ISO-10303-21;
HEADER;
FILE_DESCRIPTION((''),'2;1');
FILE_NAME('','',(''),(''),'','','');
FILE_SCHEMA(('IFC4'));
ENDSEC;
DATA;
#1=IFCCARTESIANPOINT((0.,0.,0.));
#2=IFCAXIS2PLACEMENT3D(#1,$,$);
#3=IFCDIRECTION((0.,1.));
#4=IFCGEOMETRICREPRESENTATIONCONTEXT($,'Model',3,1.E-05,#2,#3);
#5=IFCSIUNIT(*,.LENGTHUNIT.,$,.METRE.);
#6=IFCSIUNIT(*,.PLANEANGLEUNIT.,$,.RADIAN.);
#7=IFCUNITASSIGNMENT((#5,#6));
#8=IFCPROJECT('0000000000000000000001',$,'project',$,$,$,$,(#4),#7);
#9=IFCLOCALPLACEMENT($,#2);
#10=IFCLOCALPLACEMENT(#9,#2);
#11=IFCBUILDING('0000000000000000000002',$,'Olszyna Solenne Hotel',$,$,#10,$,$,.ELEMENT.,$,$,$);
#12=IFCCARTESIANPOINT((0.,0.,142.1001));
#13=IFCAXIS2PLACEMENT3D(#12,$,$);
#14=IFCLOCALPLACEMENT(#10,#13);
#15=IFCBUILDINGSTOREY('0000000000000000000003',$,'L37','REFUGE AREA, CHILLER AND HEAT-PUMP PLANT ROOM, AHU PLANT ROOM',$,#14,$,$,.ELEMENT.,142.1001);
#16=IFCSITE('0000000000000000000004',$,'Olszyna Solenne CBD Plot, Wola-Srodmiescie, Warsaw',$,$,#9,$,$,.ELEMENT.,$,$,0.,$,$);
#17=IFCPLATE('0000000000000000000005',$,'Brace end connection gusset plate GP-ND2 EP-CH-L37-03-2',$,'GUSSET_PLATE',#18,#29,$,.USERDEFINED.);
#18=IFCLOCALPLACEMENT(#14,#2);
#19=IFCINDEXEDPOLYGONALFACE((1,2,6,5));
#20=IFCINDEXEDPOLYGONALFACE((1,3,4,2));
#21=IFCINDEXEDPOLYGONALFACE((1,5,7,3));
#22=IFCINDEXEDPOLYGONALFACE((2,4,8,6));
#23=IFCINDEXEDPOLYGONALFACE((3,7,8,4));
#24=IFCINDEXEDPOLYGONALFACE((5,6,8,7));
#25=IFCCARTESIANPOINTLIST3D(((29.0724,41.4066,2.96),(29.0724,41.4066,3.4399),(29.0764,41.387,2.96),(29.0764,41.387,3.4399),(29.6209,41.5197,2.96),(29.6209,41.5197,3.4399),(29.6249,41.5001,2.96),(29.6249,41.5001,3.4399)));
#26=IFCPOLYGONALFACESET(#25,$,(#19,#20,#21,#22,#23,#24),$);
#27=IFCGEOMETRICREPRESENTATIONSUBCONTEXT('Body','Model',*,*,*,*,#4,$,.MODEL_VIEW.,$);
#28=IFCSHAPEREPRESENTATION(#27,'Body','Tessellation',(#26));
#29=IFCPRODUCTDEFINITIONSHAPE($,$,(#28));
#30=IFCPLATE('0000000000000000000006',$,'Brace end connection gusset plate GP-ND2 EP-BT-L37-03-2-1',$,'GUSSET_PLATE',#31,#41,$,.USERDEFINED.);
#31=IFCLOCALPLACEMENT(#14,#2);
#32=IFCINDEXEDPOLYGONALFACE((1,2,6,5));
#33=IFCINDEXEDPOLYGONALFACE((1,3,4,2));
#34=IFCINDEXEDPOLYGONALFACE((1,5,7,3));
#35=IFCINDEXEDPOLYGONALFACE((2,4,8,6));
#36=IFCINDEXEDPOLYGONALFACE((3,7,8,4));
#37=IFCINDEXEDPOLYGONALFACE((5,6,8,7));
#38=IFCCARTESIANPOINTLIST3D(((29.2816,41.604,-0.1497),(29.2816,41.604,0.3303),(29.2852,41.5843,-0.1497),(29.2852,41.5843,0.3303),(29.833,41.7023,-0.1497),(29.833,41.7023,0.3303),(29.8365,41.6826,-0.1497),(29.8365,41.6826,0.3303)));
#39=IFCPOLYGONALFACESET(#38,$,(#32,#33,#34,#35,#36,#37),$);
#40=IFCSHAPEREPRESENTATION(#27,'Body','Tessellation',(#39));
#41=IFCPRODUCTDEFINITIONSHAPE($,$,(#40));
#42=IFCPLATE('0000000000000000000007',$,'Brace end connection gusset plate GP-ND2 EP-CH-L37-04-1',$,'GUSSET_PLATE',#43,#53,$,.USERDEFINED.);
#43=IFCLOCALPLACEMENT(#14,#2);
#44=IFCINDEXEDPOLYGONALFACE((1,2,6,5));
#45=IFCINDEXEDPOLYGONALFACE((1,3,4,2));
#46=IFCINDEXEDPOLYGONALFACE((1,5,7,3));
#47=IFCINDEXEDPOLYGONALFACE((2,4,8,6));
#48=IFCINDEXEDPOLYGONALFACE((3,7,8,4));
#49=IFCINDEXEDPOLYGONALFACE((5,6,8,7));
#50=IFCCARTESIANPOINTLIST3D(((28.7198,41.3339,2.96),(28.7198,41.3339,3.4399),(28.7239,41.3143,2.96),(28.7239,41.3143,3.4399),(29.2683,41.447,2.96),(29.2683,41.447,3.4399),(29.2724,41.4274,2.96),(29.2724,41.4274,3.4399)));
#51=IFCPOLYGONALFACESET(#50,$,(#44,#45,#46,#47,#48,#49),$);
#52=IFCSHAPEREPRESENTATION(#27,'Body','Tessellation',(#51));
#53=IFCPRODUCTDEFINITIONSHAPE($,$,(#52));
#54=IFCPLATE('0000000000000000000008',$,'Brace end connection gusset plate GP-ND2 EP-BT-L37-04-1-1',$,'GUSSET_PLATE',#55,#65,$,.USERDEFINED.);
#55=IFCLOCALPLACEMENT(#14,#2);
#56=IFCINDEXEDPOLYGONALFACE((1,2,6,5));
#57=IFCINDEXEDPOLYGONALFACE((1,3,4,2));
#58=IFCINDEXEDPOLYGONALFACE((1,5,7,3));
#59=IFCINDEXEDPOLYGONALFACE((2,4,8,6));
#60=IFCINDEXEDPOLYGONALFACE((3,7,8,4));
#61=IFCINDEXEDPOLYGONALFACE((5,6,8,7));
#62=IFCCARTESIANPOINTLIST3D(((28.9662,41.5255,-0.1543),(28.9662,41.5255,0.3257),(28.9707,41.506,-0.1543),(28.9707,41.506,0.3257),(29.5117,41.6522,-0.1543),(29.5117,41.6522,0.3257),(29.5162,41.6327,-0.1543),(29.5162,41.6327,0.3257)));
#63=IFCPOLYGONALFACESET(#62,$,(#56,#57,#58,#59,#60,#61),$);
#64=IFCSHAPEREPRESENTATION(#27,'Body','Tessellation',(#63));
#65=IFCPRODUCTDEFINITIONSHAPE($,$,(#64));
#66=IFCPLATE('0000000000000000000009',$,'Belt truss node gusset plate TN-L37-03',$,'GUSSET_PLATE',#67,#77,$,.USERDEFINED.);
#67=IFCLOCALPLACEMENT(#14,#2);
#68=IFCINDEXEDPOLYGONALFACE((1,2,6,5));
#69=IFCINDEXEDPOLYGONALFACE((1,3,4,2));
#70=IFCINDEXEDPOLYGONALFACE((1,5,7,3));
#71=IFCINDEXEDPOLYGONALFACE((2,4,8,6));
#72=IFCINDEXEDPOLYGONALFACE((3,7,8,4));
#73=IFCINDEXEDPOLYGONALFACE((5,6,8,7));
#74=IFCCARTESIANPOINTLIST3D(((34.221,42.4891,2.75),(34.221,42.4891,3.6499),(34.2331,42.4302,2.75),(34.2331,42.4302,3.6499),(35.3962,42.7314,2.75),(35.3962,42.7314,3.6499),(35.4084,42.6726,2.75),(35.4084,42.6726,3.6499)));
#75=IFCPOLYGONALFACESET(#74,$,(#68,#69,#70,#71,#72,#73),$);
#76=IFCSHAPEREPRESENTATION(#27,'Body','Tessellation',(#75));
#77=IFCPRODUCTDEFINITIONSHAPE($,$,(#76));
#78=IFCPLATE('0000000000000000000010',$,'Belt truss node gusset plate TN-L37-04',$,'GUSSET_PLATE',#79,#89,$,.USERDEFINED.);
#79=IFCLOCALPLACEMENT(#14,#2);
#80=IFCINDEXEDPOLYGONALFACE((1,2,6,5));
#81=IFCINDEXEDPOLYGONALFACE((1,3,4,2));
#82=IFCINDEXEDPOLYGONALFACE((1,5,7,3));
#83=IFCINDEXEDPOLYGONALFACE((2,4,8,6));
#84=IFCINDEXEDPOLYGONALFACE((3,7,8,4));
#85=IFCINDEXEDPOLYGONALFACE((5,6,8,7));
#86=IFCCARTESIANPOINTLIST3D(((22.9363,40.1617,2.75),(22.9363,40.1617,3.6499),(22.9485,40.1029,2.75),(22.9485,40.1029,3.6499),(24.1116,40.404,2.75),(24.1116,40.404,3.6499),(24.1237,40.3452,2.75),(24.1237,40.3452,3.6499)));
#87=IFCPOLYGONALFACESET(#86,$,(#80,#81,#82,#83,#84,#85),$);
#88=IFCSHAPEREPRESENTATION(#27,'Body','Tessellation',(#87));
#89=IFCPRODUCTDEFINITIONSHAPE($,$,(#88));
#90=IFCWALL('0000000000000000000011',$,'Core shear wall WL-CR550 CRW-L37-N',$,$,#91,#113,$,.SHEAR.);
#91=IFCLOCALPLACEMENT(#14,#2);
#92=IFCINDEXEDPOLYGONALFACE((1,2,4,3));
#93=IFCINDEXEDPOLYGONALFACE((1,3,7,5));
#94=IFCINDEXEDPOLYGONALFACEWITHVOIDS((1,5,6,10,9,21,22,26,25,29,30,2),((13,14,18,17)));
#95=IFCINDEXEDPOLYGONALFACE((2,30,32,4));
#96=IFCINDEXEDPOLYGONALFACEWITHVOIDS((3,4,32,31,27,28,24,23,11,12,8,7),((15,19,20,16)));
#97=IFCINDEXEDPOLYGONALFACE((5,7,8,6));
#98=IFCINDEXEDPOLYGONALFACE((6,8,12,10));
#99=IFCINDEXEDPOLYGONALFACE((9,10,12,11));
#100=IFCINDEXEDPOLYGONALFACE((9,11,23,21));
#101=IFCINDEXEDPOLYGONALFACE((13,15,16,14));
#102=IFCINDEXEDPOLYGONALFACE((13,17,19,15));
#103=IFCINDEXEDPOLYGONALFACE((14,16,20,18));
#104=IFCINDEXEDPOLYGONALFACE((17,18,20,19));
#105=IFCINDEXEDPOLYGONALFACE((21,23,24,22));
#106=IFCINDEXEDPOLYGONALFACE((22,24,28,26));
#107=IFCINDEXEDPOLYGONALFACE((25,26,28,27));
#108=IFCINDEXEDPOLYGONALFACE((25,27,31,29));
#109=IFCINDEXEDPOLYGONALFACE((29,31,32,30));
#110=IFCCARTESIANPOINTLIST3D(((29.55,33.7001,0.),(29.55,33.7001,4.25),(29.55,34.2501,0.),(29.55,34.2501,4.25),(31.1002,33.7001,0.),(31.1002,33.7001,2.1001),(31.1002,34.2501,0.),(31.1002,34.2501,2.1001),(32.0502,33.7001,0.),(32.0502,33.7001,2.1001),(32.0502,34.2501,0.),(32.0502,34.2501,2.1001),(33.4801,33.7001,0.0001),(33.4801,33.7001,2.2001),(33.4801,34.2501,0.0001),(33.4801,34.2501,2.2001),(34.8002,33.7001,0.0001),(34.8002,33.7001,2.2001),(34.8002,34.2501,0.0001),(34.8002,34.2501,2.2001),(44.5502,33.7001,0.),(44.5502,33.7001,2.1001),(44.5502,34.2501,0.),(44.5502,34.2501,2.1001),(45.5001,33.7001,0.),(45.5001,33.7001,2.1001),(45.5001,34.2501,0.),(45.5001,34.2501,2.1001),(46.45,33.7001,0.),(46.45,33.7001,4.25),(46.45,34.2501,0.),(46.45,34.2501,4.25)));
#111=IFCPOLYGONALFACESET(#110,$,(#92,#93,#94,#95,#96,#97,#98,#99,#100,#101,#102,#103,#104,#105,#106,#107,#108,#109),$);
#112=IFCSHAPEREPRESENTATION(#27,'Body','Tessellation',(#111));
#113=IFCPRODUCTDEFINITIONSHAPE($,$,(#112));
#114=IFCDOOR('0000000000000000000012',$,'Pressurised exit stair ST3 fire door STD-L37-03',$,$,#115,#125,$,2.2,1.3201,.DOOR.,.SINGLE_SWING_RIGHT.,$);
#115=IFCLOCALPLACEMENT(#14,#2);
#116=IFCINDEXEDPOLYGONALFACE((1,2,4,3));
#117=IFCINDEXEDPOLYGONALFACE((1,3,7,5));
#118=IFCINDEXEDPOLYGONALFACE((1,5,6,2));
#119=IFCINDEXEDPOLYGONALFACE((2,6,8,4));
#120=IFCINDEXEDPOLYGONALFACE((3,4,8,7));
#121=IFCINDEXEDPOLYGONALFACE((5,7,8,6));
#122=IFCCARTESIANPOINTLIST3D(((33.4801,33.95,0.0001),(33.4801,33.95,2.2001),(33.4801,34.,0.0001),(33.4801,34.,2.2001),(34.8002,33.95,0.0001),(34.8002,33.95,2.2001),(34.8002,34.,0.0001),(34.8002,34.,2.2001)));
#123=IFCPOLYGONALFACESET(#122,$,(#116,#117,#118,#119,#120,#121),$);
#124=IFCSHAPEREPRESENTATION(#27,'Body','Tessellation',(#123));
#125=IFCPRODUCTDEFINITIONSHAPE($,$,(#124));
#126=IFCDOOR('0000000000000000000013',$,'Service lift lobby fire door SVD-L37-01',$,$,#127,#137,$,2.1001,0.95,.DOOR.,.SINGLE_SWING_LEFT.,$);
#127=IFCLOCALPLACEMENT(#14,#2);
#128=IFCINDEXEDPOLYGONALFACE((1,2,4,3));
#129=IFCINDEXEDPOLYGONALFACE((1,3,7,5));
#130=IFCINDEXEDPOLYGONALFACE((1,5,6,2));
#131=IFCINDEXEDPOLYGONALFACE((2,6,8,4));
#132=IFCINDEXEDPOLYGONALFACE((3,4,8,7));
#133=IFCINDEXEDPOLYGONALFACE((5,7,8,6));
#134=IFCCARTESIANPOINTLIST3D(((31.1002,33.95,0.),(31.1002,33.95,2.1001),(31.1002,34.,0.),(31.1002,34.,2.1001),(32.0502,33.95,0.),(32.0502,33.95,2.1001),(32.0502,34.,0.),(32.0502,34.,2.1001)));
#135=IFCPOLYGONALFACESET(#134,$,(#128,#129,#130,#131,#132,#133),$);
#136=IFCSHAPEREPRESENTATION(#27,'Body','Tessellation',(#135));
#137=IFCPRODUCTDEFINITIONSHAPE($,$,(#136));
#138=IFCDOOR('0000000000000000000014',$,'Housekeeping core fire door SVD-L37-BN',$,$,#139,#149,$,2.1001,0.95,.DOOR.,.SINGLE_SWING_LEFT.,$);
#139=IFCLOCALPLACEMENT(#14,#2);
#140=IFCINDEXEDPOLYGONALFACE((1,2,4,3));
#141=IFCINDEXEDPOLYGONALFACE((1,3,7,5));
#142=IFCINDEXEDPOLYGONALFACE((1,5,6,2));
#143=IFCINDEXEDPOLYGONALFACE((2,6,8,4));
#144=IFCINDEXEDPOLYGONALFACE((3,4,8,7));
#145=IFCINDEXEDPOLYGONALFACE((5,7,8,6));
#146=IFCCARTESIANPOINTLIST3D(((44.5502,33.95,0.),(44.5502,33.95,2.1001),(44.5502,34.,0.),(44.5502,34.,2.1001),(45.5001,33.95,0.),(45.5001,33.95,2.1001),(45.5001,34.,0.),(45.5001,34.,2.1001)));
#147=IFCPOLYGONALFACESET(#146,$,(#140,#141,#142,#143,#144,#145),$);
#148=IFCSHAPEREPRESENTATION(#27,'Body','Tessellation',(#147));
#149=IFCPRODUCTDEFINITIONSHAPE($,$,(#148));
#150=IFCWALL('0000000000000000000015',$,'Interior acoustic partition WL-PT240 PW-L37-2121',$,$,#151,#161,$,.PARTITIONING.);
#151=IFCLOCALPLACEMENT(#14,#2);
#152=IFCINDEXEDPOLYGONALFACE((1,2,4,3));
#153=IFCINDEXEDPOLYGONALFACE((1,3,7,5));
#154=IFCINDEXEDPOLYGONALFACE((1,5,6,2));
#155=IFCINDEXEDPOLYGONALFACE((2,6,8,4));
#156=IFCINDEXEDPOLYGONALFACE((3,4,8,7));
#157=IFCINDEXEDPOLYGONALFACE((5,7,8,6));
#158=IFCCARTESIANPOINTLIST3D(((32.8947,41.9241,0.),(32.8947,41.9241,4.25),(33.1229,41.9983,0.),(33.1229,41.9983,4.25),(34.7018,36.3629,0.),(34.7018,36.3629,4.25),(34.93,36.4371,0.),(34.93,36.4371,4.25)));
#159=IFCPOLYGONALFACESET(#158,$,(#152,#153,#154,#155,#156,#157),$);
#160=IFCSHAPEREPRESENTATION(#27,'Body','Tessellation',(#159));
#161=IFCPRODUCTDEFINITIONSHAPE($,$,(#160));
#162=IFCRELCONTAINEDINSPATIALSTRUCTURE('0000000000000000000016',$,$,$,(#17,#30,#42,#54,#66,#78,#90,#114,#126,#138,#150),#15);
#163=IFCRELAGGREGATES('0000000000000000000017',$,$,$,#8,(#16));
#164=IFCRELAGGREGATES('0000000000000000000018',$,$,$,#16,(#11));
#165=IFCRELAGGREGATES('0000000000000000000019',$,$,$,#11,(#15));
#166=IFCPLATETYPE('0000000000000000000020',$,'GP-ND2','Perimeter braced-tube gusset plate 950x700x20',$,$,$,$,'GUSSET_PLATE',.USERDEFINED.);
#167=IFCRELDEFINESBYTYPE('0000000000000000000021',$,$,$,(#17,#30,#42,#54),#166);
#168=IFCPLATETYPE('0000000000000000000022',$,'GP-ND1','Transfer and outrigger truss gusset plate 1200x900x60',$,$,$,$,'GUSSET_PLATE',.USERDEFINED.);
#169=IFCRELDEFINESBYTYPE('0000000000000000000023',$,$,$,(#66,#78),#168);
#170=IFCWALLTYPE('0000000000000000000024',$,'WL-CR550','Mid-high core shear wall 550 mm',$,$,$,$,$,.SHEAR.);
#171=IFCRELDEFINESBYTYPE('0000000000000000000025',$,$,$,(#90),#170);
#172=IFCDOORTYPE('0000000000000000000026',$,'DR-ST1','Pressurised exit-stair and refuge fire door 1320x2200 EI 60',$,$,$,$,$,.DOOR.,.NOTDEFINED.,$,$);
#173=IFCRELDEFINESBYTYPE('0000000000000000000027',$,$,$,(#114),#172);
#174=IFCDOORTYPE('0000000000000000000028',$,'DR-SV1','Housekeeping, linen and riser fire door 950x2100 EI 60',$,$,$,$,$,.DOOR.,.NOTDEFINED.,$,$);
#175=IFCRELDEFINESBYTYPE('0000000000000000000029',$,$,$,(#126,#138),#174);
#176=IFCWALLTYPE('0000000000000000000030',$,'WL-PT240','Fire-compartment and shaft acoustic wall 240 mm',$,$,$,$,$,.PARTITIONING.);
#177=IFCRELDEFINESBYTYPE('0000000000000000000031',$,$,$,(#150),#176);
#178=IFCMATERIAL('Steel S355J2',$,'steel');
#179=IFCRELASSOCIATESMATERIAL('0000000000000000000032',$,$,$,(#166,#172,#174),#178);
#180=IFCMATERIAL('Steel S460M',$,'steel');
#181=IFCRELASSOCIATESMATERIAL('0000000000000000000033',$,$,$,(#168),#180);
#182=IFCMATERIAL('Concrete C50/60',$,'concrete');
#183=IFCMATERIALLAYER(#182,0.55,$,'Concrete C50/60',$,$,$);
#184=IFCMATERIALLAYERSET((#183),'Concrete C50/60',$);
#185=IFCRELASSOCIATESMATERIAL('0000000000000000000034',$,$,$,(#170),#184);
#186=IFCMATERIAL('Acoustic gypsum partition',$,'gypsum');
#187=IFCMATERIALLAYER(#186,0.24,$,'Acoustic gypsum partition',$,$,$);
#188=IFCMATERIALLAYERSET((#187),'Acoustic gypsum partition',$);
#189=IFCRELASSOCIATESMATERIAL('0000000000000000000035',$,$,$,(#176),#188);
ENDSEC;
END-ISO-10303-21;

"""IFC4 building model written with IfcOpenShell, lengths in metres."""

from ifc_helpers import new_model, si_unit, direction, frame, frame_2d, origin, origin_2d, place, context, subcontext, project, spatial, rectangle, extrude, source, transform, mapped, material, layer, layer_set, type_object, type_shapes, element, fill, save


model = new_model("IFC4")

# Units and contexts
model_context = context("Model", 3, precision=1e-05, world=origin(), true_north=direction((0.0, 1.0)))
body_context = subcontext(model_context, "Body", "Model", "MODEL_VIEW")
ifc_project = project(units=[si_unit("LENGTHUNIT", "METRE"), si_unit("PLANEANGLEUNIT", "RADIAN")], contexts=[model_context])

# Site, building, storey
site_placement = place(None, origin())
site = spatial("IfcSite", under=ifc_project, at=site_placement, Name="Olszyna Solenne CBD Plot, Wola-Srodmiescie, Warsaw", CompositionType="ELEMENT", RefElevation=0.0)
building_placement = place(site_placement, origin())
building = spatial("IfcBuilding", under=site, at=building_placement, Name="Olszyna Solenne Hotel", CompositionType="ELEMENT")
storey_placement = place(building_placement, frame((0.0, 0.0, 142.1001)))
storey = spatial("IfcBuildingStorey", under=building, at=storey_placement, Name="L37", Description="REFUGE AREA, CHILLER AND HEAT-PUMP PLANT ROOM, AHU PLANT ROOM", CompositionType="ELEMENT", Elevation=142.1001)

# Shared definitions
ifc_material_1 = material(Name="Steel S460M", Category="steel")

# Shared definitions
ifc_material_2 = material(Name="Steel S355J2", Category="steel")

# Plates
plate_type_1 = type_object("IfcPlateType", Name="GP-ND2", Description="Perimeter braced-tube gusset plate 950x700x20", ElementType="GUSSET_PLATE", PredefinedType="USERDEFINED", material=ifc_material_2)
shared_shape_1 = source(origin(), body_context, "Body", "SweptSolid", [
    extrude(rectangle(XDim=0.5601, YDim=0.02, at=origin_2d()), origin(), (0.0, 0.0, 1.0), 0.48),
])
for number, where, z_axis, x_axis, name in (
    (1, (29.3486, 41.4534, 2.96), (0.0, 0.0, 1.0), (-0.979399, -0.201933, 0.0), "Brace end connection gusset plate GP-ND2 EP-CH-L37-03-2"),
    (2, (29.5591, 41.6433, -0.1497), (0.0, 0.0, 1.0), (0.984473, 0.175539, 0.0), "Brace end connection gusset plate GP-ND2 EP-BT-L37-03-2-1"),
    (3, (28.9961, 41.3806, 2.96), (0.0, 0.0, 1.0), (-0.979399, -0.201933, 0.0), "Brace end connection gusset plate GP-ND2 EP-CH-L37-04-1"),
    (4, (29.2412, 41.5791, -0.1543), (0.0, 0.0, 1.0), (-0.974095, -0.226141, 0.0), "Brace end connection gusset plate GP-ND2 EP-BT-L37-04-1-1"),
):
    element("IfcPlate", number, at=place(storey_placement, frame(where, z_axis=z_axis, x_axis=x_axis)), inside=storey, type_object=plate_type_1, Name=name, ObjectType="GUSSET_PLATE", PredefinedType="USERDEFINED", context=body_context, shape_type="MappedRepresentation", body=[
        mapped(shared_shape_1, transform((0.0, 0.0, 0.0), x_axis=(1.0, 0.0, 0.0), y_axis=(0.0, 1.0, 0.0), z_axis=(0.0, 0.0, 1.0), scale=1.0)),
    ])
plate_type_2 = type_object("IfcPlateType", Name="GP-ND1", Description="Transfer and outrigger truss gusset plate 1200x900x60", ElementType="GUSSET_PLATE", PredefinedType="USERDEFINED", material=ifc_material_1)
shared_shape_2 = source(origin(), body_context, "Body", "SweptSolid", [
    extrude(rectangle(XDim=1.2, YDim=0.0601, at=origin_2d()), origin(), (0.0, 0.0, 1.0), 0.8999),
])
for number, where, z_axis, x_axis, name in (
    (5, (34.8147, 42.5808, 2.75), (0.0, 0.0, 1.0), (-0.979399, -0.201933, 0.0), "Belt truss node gusset plate TN-L37-03"),
    (6, (23.53, 40.2534, 2.75), (0.0, 0.0, 1.0), (-0.979399, -0.201933, 0.0), "Belt truss node gusset plate TN-L37-04"),
):
    element("IfcPlate", number, at=place(storey_placement, frame(where, z_axis=z_axis, x_axis=x_axis)), inside=storey, type_object=plate_type_2, Name=name, ObjectType="GUSSET_PLATE", PredefinedType="USERDEFINED", context=body_context, shape_type="MappedRepresentation", body=[
        mapped(shared_shape_2, transform((0.0, 0.0, 0.0), x_axis=(1.0, 0.0, 0.0), y_axis=(0.0, 1.0, 0.0), z_axis=(0.0, 0.0, 1.0), scale=1.0)),
    ])

# Wall, openings, doors
ifc_material_3 = material(Name="Concrete C50/60", Category="concrete")
ifc_layer_1 = layer(ifc_material_3, 0.55, Name="Concrete C50/60")
ifc_layer_set_1 = layer_set([ifc_layer_1], Name="Concrete C50/60")
wall_type_1 = type_object("IfcWallType", Name="WL-CR550", Description="Mid-high core shear wall 550 mm", PredefinedType="SHEAR", material=ifc_layer_set_1)
wall_1_placement = place(storey_placement, frame((29.55, 33.9751, 0.0), z_axis=(0.0, 0.0, 1.0), x_axis=(1.0, 0.0, 0.0)))
wall_1 = element("IfcWall", 7, at=wall_1_placement, inside=storey, type_object=wall_type_1, Name="Core shear wall WL-CR550 CRW-L37-N", PredefinedType="SHEAR", context=body_context, shape_type="SweptSolid", body=[
    extrude(rectangle(XDim=16.8999, YDim=0.55, at=frame_2d((8.45, 0.0))), origin(), (0.0, 0.0, 1.0), 4.25),
])
opening_1_placement = place(wall_1_placement, frame((1.55, 0.0, 0.0)))
opening_1 = element("IfcOpeningElement", 8, at=opening_1_placement, cuts=wall_1, PredefinedType="OPENING", context=body_context, shape_type="SweptSolid", body=[
    extrude(rectangle(XDim=0.95, YDim=2.1001, at=frame_2d((0.4751, 1.05))), frame((0.0, 0.2852, 0.0), z_axis=(0.0, -1.0, 0.0), x_axis=(1.0, 0.0, 0.0)), (0.0, 0.0, 1.0), 0.5701),
])
opening_2_placement = place(wall_1_placement, frame((3.9299, 0.0, 0.0)))
opening_2 = element("IfcOpeningElement", 9, at=opening_2_placement, cuts=wall_1, PredefinedType="OPENING", context=body_context, shape_type="SweptSolid", body=[
    extrude(rectangle(XDim=1.3201, YDim=2.2, at=frame_2d((0.6602, 1.1001))), frame((0.0, 0.2852, 0.0), z_axis=(0.0, -1.0, 0.0), x_axis=(1.0, 0.0, 0.0)), (0.0, 0.0, 1.0), 0.5701),
])
opening_3_placement = place(wall_1_placement, frame((15.0, 0.0, 0.0)))
opening_3 = element("IfcOpeningElement", 10, at=opening_3_placement, cuts=wall_1, PredefinedType="OPENING", context=body_context, shape_type="SweptSolid", body=[
    extrude(rectangle(XDim=0.95, YDim=2.1001, at=frame_2d((0.4751, 1.05))), frame((0.0, 0.2852, 0.0), z_axis=(0.0, -1.0, 0.0), x_axis=(1.0, 0.0, 0.0)), (0.0, 0.0, 1.0), 0.5701),
])
door_type_1 = type_object("IfcDoorType", Name="DR-ST1", Description="Pressurised exit-stair and refuge fire door 1320x2200 EI 60", OperationType="NOTDEFINED", PredefinedType="DOOR", material=ifc_material_2)
shared_shape_3 = source(origin(), body_context, "Body", "SweptSolid", [
    extrude(rectangle(XDim=1.3201, YDim=2.2, at=frame_2d((0.6602, 1.1001))), frame((0.0, 0.0249, 0.0), z_axis=(0.0, -1.0, 0.0), x_axis=(1.0, 0.0, 0.0)), (0.0, 0.0, 1.0), 0.05),
])
type_shapes(door_type_1, [shared_shape_3])
door_1_placement = place(opening_2_placement, origin())
door_1 = element("IfcDoor", 11, at=door_1_placement, inside=storey, type_object=door_type_1, Name="Pressurised exit stair ST3 fire door STD-L37-03", OperationType="SINGLE_SWING_RIGHT", OverallHeight=2.2, OverallWidth=1.3201, PredefinedType="DOOR", context=body_context, shape_type="MappedRepresentation", body=[
    mapped(shared_shape_3, transform((0.0, 0.0, 0.0), x_axis=(1.0, 0.0, 0.0), y_axis=(0.0, 1.0, 0.0), z_axis=(0.0, 0.0, 1.0), scale=1.0)),
])
fill(opening_2, door_1)
door_type_2 = type_object("IfcDoorType", Name="DR-SV1", Description="Housekeeping, linen and riser fire door 950x2100 EI 60", OperationType="NOTDEFINED", PredefinedType="DOOR", material=ifc_material_2)
shared_shape_4 = source(origin(), body_context, "Body", "SweptSolid", [
    extrude(rectangle(XDim=0.95, YDim=2.1001, at=frame_2d((0.4751, 1.05))), frame((0.0, 0.0249, 0.0), z_axis=(0.0, -1.0, 0.0), x_axis=(1.0, 0.0, 0.0)), (0.0, 0.0, 1.0), 0.05),
])
type_shapes(door_type_2, [shared_shape_4])
door_2_placement = place(opening_1_placement, origin())
door_2 = element("IfcDoor", 12, at=door_2_placement, inside=storey, type_object=door_type_2, Name="Service lift lobby fire door SVD-L37-01", OperationType="SINGLE_SWING_LEFT", OverallHeight=2.1001, OverallWidth=0.95, PredefinedType="DOOR", context=body_context, shape_type="MappedRepresentation", body=[
    mapped(shared_shape_4, transform((0.0, 0.0, 0.0), x_axis=(1.0, 0.0, 0.0), y_axis=(0.0, 1.0, 0.0), z_axis=(0.0, 0.0, 1.0), scale=1.0)),
])
fill(opening_1, door_2)
door_3_placement = place(opening_3_placement, origin())
door_3 = element("IfcDoor", 13, at=door_3_placement, inside=storey, type_object=door_type_2, Name="Housekeeping core fire door SVD-L37-BN", OperationType="SINGLE_SWING_LEFT", OverallHeight=2.1001, OverallWidth=0.95, PredefinedType="DOOR", context=body_context, shape_type="MappedRepresentation", body=[
    mapped(shared_shape_4, transform((0.0, 0.0, 0.0), x_axis=(1.0, 0.0, 0.0), y_axis=(0.0, 1.0, 0.0), z_axis=(0.0, 0.0, 1.0), scale=1.0)),
])
fill(opening_3, door_3)

# Wall
ifc_material_4 = material(Name="Acoustic gypsum partition", Category="gypsum")
ifc_layer_2 = layer(ifc_material_4, 0.24, Name="Acoustic gypsum partition")
ifc_layer_set_2 = layer_set([ifc_layer_2], Name="Acoustic gypsum partition")
wall_type_2 = type_object("IfcWallType", Name="WL-PT240", Description="Fire-compartment and shaft acoustic wall 240 mm", PredefinedType="PARTITIONING", material=ifc_layer_set_2)
wall_2_placement = place(storey_placement, frame((34.8159, 36.3999, 0.0), z_axis=(0.0, 0.0, 1.0), x_axis=(-0.309042, 0.951048, 0.0)))
element("IfcWall", 14, at=wall_2_placement, inside=storey, type_object=wall_type_2, Name="Interior acoustic partition WL-PT240 PW-L37-2121", PredefinedType="PARTITIONING", context=body_context, shape_type="SweptSolid", body=[
    extrude(rectangle(XDim=5.8474, YDim=0.24, at=frame_2d((2.9238, 0.0))), origin(), (0.0, 0.0, 1.0), 4.25),
])

save(model, "model.ifc")
